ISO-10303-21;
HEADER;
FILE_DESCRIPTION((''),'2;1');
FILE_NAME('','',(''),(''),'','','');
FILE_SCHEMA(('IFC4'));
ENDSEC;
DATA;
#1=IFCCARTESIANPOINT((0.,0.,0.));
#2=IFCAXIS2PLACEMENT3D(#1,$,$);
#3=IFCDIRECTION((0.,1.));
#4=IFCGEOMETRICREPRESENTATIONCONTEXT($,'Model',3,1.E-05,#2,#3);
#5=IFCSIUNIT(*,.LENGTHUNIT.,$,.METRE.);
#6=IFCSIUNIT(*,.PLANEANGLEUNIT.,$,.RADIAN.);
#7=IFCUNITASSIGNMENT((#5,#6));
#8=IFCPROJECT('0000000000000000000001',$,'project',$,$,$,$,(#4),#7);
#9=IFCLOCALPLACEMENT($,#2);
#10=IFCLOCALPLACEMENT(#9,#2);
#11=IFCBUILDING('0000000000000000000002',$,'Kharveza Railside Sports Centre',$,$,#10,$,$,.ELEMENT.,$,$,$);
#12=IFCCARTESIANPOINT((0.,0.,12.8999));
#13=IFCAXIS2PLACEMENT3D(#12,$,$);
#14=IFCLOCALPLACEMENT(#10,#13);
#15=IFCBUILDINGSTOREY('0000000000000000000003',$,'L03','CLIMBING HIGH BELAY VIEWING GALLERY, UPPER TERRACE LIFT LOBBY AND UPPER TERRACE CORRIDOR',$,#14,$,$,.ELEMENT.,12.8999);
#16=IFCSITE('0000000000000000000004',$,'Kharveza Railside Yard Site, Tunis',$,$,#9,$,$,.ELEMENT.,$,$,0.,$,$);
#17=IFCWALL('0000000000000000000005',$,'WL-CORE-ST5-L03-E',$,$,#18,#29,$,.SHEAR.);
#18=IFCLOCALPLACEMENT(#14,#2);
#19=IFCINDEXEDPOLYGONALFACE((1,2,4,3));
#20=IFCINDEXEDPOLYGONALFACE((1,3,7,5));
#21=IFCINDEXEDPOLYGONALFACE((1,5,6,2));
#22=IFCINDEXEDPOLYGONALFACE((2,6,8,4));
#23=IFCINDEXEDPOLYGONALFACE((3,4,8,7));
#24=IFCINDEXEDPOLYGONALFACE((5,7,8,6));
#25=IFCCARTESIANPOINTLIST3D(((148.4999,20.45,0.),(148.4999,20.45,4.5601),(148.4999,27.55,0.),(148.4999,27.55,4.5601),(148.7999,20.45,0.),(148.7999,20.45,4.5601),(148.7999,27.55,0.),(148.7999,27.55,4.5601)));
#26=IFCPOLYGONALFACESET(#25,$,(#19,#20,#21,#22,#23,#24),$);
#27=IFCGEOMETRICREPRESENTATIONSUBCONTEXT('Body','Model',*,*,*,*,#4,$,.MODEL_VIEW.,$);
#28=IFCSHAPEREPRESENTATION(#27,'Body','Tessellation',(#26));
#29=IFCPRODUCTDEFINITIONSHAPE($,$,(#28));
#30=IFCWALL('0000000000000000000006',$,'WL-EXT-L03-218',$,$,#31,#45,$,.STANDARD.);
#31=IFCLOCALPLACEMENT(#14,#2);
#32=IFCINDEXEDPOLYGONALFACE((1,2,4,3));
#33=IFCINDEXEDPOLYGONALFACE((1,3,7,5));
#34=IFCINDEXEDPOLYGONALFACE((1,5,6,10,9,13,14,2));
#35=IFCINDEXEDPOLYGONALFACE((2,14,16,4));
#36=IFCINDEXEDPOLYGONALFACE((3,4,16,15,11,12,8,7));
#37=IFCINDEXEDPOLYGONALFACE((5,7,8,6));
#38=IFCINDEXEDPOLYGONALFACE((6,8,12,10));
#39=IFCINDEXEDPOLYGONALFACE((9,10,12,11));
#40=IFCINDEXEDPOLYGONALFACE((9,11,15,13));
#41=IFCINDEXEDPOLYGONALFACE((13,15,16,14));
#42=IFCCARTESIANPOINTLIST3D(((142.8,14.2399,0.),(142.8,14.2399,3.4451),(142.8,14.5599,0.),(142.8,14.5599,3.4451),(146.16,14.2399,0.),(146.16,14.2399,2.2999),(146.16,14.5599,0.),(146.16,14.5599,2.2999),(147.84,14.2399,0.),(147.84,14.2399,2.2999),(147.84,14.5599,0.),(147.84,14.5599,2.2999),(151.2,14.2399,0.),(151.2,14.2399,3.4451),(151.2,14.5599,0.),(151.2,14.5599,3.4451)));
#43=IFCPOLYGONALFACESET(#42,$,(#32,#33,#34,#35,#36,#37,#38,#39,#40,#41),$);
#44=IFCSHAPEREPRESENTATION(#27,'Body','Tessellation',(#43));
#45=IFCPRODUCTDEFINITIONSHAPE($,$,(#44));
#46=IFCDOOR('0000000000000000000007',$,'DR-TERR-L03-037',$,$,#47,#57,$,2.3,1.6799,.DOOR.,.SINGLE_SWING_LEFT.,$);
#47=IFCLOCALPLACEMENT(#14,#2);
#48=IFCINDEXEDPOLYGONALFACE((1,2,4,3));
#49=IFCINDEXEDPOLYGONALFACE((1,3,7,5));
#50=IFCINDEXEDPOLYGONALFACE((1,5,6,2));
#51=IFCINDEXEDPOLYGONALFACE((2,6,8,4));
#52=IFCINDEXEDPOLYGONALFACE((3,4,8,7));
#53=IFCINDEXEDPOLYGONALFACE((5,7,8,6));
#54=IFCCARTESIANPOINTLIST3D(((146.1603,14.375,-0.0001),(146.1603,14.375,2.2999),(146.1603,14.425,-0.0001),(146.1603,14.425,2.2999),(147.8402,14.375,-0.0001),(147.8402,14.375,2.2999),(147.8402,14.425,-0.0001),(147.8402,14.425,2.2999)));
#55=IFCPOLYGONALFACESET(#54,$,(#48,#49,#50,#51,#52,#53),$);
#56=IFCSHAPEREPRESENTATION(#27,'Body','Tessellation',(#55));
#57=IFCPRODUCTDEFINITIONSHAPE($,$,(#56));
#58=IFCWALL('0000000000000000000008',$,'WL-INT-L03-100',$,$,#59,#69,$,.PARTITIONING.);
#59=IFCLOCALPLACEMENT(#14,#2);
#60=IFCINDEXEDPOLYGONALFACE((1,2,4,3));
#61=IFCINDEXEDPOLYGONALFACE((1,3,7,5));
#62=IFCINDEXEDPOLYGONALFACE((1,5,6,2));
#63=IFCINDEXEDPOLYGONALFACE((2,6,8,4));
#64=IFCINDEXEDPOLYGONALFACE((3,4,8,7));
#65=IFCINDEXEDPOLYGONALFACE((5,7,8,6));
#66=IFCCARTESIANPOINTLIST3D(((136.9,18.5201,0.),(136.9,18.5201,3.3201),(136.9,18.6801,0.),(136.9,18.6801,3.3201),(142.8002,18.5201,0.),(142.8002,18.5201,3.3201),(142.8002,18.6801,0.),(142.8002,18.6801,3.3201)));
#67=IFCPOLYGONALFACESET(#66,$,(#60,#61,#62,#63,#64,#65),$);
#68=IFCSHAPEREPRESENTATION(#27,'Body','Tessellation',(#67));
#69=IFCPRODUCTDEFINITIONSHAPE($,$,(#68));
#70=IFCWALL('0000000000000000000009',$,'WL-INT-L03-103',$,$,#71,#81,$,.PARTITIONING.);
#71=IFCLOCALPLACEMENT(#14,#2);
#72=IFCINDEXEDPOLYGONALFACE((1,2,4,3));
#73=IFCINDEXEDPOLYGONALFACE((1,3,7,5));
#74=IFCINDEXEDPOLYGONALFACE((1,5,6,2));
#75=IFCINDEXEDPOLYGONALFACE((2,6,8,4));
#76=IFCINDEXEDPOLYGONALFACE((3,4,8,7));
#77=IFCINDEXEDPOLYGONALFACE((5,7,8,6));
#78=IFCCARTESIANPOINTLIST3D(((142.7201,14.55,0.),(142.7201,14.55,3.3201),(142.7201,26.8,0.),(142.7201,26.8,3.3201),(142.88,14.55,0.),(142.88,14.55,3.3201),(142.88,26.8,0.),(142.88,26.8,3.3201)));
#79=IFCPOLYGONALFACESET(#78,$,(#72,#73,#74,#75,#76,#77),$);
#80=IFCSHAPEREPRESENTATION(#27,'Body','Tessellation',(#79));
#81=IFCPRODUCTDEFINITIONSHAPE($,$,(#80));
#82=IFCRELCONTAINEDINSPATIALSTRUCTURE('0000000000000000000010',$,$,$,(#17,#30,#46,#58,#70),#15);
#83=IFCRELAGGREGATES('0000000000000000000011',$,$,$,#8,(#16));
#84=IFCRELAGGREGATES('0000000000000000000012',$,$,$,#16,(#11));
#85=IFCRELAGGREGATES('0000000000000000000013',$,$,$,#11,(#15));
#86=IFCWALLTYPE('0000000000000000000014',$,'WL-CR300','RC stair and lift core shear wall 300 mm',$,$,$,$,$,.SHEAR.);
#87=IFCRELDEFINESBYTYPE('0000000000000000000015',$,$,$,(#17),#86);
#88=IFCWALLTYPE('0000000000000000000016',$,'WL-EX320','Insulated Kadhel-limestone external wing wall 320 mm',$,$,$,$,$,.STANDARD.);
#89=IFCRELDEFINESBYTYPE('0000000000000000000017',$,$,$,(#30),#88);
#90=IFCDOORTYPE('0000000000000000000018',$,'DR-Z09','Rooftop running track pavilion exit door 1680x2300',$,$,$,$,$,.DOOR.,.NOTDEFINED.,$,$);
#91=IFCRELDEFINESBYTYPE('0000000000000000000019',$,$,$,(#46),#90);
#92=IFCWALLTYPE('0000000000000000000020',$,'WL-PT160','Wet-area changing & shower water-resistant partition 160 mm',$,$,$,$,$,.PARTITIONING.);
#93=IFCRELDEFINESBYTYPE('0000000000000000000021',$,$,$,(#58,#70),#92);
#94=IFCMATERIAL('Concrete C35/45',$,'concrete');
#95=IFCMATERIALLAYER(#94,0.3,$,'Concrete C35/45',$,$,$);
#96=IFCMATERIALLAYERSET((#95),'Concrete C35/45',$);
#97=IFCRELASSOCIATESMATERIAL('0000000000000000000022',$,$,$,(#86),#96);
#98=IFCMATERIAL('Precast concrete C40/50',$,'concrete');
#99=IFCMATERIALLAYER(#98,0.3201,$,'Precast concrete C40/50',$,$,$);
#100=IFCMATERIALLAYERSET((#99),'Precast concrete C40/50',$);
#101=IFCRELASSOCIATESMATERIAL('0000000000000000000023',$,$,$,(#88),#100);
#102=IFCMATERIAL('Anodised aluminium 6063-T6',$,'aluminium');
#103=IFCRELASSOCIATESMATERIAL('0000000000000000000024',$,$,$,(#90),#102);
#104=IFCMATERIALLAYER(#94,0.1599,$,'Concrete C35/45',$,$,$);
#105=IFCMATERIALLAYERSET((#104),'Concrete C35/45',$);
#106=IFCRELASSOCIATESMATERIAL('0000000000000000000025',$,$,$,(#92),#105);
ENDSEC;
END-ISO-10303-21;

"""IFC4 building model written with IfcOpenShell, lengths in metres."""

from ifc_helpers import new_model, si_unit, direction, frame, frame_2d, origin, place, context, subcontext, project, spatial, rectangle, extrude, material, layer, layer_set, type_object, element, fill, save


model = new_model("IFC4")

# Units and contexts
model_context = context("Model", 3, precision=1e-05, world=origin(), true_north=direction((0.0, 1.0)))
body_context = subcontext(model_context, "Body", "Model", "MODEL_VIEW")
ifc_project = project(units=[si_unit("LENGTHUNIT", "METRE"), si_unit("PLANEANGLEUNIT", "RADIAN")], contexts=[model_context])

# Site, building, storey
site_placement = place(None, origin())
site = spatial("IfcSite", under=ifc_project, at=site_placement, Name="Kharveza Railside Yard Site, Tunis", CompositionType="ELEMENT", RefElevation=0.0)
building_placement = place(site_placement, origin())
building = spatial("IfcBuilding", under=site, at=building_placement, Name="Kharveza Railside Sports Centre", CompositionType="ELEMENT")
storey_placement = place(building_placement, frame((0.0, 0.0, 12.8999)))
storey = spatial("IfcBuildingStorey", under=building, at=storey_placement, Name="L03", Description="CLIMBING HIGH BELAY VIEWING GALLERY, UPPER TERRACE LIFT LOBBY AND UPPER TERRACE CORRIDOR", CompositionType="ELEMENT", Elevation=12.8999)

# Shared definitions
ifc_material_1 = material(Name="Concrete C35/45", Category="concrete")

# Shared definitions
ifc_layer_1 = layer(ifc_material_1, 0.3, Name="Concrete C35/45")
ifc_layer_set_1 = layer_set([ifc_layer_1], Name="Concrete C35/45")
wall_type_1 = type_object("IfcWallType", Name="WL-CR300", Description="RC stair and lift core shear wall 300 mm", PredefinedType="SHEAR", material=ifc_layer_set_1)

# Wall
wall_1_placement = place(storey_placement, frame((148.6499, 20.45, 0.0), z_axis=(0.0, 0.0, 1.0), x_axis=(0.0, 1.0, 0.0)))
element("IfcWall", 1, at=wall_1_placement, inside=storey, type_object=wall_type_1, Name="WL-CORE-ST5-L03-E", PredefinedType="SHEAR", context=body_context, shape_type="SweptSolid", body=[
    extrude(rectangle(XDim=7.1001, YDim=0.3, at=frame_2d((3.55, 0.0))), origin(), (0.0, 0.0, 1.0), 4.5601),
])

# Wall, opening, door
ifc_material_2 = material(Name="Precast concrete C40/50", Category="concrete")
ifc_layer_2 = layer(ifc_material_2, 0.3201, Name="Precast concrete C40/50")
ifc_layer_set_2 = layer_set([ifc_layer_2], Name="Precast concrete C40/50")
wall_type_2 = type_object("IfcWallType", Name="WL-EX320", Description="Insulated Kadhel-limestone external wing wall 320 mm", PredefinedType="STANDARD", material=ifc_layer_set_2)
wall_2_placement = place(storey_placement, frame((142.8, 14.3999, 0.0), z_axis=(0.0, 0.0, 1.0), x_axis=(1.0, 0.0, 0.0)))
wall_2 = element("IfcWall", 2, at=wall_2_placement, inside=storey, type_object=wall_type_2, Name="WL-EXT-L03-218", PredefinedType="STANDARD", context=body_context, shape_type="SweptSolid", body=[
    extrude(rectangle(XDim=8.3999, YDim=0.3201, at=frame_2d((4.2, 0.0))), origin(), (0.0, 0.0, 1.0), 3.4451),
])
opening_1_placement = place(wall_2_placement, frame((3.3601, 0.0, 0.0)))
opening_1 = element("IfcOpeningElement", 3, at=opening_1_placement, cuts=wall_2, PredefinedType="OPENING", context=body_context, shape_type="SweptSolid", body=[
    extrude(rectangle(XDim=1.6799, YDim=2.3, at=frame_2d((0.8398, 1.1499))), frame((0.0, 0.1851, 0.0), z_axis=(0.0, -1.0, 0.0), x_axis=(1.0, 0.0, 0.0)), (0.0, 0.0, 1.0), 0.3699),
])
ifc_material_3 = material(Name="Anodised aluminium 6063-T6", Category="aluminium")
door_type_1 = type_object("IfcDoorType", Name="DR-Z09", Description="Rooftop running track pavilion exit door 1680x2300", OperationType="NOTDEFINED", PredefinedType="DOOR", material=ifc_material_3)
door_1_placement = place(opening_1_placement, frame((1.6799, 0.0, 0.0), z_axis=(0.0, 0.0, 1.0), x_axis=(-1.0, 0.0, 0.0)))
door_1 = element("IfcDoor", 4, at=door_1_placement, inside=storey, type_object=door_type_1, Name="DR-TERR-L03-037", OperationType="SINGLE_SWING_LEFT", OverallHeight=2.3, OverallWidth=1.6799, PredefinedType="DOOR", context=body_context, shape_type="SweptSolid", body=[
    extrude(rectangle(XDim=1.6799, YDim=2.3, at=frame_2d((0.8398, 1.1499))), frame((0.0, 0.0249, 0.0), z_axis=(0.0, -1.0, 0.0), x_axis=(1.0, 0.0, 0.0)), (0.0, 0.0, 1.0), 0.05),
])
fill(opening_1, door_1)
ifc_layer_3 = layer(ifc_material_1, 0.1599, Name="Concrete C35/45")
ifc_layer_set_3 = layer_set([ifc_layer_3], Name="Concrete C35/45")
wall_type_3 = type_object("IfcWallType", Name="WL-PT160", Description="Wet-area changing & shower water-resistant partition 160 mm", PredefinedType="PARTITIONING", material=ifc_layer_set_3)

# Walls
wall_3_placement = place(storey_placement, frame((136.8999, 18.6001, 0.0), z_axis=(0.0, 0.0, 1.0), x_axis=(1.0, 0.0, 0.0)))
element("IfcWall", 5, at=wall_3_placement, inside=storey, type_object=wall_type_3, Name="WL-INT-L03-100", PredefinedType="PARTITIONING", context=body_context, shape_type="SweptSolid", body=[
    extrude(rectangle(XDim=5.9001, YDim=0.1599, at=frame_2d((2.9502, 0.0))), origin(), (0.0, 0.0, 1.0), 3.3201),
])
wall_4_placement = place(storey_placement, frame((142.8, 14.55, 0.0), z_axis=(0.0, 0.0, 1.0), x_axis=(0.0, 1.0, 0.0)))
element("IfcWall", 6, at=wall_4_placement, inside=storey, type_object=wall_type_3, Name="WL-INT-L03-103", PredefinedType="PARTITIONING", context=body_context, shape_type="SweptSolid", body=[
    extrude(rectangle(XDim=12.25, YDim=0.1599, at=frame_2d((6.125, 0.0))), origin(), (0.0, 0.0, 1.0), 3.3201),
])

save(model, "model.ifc")
